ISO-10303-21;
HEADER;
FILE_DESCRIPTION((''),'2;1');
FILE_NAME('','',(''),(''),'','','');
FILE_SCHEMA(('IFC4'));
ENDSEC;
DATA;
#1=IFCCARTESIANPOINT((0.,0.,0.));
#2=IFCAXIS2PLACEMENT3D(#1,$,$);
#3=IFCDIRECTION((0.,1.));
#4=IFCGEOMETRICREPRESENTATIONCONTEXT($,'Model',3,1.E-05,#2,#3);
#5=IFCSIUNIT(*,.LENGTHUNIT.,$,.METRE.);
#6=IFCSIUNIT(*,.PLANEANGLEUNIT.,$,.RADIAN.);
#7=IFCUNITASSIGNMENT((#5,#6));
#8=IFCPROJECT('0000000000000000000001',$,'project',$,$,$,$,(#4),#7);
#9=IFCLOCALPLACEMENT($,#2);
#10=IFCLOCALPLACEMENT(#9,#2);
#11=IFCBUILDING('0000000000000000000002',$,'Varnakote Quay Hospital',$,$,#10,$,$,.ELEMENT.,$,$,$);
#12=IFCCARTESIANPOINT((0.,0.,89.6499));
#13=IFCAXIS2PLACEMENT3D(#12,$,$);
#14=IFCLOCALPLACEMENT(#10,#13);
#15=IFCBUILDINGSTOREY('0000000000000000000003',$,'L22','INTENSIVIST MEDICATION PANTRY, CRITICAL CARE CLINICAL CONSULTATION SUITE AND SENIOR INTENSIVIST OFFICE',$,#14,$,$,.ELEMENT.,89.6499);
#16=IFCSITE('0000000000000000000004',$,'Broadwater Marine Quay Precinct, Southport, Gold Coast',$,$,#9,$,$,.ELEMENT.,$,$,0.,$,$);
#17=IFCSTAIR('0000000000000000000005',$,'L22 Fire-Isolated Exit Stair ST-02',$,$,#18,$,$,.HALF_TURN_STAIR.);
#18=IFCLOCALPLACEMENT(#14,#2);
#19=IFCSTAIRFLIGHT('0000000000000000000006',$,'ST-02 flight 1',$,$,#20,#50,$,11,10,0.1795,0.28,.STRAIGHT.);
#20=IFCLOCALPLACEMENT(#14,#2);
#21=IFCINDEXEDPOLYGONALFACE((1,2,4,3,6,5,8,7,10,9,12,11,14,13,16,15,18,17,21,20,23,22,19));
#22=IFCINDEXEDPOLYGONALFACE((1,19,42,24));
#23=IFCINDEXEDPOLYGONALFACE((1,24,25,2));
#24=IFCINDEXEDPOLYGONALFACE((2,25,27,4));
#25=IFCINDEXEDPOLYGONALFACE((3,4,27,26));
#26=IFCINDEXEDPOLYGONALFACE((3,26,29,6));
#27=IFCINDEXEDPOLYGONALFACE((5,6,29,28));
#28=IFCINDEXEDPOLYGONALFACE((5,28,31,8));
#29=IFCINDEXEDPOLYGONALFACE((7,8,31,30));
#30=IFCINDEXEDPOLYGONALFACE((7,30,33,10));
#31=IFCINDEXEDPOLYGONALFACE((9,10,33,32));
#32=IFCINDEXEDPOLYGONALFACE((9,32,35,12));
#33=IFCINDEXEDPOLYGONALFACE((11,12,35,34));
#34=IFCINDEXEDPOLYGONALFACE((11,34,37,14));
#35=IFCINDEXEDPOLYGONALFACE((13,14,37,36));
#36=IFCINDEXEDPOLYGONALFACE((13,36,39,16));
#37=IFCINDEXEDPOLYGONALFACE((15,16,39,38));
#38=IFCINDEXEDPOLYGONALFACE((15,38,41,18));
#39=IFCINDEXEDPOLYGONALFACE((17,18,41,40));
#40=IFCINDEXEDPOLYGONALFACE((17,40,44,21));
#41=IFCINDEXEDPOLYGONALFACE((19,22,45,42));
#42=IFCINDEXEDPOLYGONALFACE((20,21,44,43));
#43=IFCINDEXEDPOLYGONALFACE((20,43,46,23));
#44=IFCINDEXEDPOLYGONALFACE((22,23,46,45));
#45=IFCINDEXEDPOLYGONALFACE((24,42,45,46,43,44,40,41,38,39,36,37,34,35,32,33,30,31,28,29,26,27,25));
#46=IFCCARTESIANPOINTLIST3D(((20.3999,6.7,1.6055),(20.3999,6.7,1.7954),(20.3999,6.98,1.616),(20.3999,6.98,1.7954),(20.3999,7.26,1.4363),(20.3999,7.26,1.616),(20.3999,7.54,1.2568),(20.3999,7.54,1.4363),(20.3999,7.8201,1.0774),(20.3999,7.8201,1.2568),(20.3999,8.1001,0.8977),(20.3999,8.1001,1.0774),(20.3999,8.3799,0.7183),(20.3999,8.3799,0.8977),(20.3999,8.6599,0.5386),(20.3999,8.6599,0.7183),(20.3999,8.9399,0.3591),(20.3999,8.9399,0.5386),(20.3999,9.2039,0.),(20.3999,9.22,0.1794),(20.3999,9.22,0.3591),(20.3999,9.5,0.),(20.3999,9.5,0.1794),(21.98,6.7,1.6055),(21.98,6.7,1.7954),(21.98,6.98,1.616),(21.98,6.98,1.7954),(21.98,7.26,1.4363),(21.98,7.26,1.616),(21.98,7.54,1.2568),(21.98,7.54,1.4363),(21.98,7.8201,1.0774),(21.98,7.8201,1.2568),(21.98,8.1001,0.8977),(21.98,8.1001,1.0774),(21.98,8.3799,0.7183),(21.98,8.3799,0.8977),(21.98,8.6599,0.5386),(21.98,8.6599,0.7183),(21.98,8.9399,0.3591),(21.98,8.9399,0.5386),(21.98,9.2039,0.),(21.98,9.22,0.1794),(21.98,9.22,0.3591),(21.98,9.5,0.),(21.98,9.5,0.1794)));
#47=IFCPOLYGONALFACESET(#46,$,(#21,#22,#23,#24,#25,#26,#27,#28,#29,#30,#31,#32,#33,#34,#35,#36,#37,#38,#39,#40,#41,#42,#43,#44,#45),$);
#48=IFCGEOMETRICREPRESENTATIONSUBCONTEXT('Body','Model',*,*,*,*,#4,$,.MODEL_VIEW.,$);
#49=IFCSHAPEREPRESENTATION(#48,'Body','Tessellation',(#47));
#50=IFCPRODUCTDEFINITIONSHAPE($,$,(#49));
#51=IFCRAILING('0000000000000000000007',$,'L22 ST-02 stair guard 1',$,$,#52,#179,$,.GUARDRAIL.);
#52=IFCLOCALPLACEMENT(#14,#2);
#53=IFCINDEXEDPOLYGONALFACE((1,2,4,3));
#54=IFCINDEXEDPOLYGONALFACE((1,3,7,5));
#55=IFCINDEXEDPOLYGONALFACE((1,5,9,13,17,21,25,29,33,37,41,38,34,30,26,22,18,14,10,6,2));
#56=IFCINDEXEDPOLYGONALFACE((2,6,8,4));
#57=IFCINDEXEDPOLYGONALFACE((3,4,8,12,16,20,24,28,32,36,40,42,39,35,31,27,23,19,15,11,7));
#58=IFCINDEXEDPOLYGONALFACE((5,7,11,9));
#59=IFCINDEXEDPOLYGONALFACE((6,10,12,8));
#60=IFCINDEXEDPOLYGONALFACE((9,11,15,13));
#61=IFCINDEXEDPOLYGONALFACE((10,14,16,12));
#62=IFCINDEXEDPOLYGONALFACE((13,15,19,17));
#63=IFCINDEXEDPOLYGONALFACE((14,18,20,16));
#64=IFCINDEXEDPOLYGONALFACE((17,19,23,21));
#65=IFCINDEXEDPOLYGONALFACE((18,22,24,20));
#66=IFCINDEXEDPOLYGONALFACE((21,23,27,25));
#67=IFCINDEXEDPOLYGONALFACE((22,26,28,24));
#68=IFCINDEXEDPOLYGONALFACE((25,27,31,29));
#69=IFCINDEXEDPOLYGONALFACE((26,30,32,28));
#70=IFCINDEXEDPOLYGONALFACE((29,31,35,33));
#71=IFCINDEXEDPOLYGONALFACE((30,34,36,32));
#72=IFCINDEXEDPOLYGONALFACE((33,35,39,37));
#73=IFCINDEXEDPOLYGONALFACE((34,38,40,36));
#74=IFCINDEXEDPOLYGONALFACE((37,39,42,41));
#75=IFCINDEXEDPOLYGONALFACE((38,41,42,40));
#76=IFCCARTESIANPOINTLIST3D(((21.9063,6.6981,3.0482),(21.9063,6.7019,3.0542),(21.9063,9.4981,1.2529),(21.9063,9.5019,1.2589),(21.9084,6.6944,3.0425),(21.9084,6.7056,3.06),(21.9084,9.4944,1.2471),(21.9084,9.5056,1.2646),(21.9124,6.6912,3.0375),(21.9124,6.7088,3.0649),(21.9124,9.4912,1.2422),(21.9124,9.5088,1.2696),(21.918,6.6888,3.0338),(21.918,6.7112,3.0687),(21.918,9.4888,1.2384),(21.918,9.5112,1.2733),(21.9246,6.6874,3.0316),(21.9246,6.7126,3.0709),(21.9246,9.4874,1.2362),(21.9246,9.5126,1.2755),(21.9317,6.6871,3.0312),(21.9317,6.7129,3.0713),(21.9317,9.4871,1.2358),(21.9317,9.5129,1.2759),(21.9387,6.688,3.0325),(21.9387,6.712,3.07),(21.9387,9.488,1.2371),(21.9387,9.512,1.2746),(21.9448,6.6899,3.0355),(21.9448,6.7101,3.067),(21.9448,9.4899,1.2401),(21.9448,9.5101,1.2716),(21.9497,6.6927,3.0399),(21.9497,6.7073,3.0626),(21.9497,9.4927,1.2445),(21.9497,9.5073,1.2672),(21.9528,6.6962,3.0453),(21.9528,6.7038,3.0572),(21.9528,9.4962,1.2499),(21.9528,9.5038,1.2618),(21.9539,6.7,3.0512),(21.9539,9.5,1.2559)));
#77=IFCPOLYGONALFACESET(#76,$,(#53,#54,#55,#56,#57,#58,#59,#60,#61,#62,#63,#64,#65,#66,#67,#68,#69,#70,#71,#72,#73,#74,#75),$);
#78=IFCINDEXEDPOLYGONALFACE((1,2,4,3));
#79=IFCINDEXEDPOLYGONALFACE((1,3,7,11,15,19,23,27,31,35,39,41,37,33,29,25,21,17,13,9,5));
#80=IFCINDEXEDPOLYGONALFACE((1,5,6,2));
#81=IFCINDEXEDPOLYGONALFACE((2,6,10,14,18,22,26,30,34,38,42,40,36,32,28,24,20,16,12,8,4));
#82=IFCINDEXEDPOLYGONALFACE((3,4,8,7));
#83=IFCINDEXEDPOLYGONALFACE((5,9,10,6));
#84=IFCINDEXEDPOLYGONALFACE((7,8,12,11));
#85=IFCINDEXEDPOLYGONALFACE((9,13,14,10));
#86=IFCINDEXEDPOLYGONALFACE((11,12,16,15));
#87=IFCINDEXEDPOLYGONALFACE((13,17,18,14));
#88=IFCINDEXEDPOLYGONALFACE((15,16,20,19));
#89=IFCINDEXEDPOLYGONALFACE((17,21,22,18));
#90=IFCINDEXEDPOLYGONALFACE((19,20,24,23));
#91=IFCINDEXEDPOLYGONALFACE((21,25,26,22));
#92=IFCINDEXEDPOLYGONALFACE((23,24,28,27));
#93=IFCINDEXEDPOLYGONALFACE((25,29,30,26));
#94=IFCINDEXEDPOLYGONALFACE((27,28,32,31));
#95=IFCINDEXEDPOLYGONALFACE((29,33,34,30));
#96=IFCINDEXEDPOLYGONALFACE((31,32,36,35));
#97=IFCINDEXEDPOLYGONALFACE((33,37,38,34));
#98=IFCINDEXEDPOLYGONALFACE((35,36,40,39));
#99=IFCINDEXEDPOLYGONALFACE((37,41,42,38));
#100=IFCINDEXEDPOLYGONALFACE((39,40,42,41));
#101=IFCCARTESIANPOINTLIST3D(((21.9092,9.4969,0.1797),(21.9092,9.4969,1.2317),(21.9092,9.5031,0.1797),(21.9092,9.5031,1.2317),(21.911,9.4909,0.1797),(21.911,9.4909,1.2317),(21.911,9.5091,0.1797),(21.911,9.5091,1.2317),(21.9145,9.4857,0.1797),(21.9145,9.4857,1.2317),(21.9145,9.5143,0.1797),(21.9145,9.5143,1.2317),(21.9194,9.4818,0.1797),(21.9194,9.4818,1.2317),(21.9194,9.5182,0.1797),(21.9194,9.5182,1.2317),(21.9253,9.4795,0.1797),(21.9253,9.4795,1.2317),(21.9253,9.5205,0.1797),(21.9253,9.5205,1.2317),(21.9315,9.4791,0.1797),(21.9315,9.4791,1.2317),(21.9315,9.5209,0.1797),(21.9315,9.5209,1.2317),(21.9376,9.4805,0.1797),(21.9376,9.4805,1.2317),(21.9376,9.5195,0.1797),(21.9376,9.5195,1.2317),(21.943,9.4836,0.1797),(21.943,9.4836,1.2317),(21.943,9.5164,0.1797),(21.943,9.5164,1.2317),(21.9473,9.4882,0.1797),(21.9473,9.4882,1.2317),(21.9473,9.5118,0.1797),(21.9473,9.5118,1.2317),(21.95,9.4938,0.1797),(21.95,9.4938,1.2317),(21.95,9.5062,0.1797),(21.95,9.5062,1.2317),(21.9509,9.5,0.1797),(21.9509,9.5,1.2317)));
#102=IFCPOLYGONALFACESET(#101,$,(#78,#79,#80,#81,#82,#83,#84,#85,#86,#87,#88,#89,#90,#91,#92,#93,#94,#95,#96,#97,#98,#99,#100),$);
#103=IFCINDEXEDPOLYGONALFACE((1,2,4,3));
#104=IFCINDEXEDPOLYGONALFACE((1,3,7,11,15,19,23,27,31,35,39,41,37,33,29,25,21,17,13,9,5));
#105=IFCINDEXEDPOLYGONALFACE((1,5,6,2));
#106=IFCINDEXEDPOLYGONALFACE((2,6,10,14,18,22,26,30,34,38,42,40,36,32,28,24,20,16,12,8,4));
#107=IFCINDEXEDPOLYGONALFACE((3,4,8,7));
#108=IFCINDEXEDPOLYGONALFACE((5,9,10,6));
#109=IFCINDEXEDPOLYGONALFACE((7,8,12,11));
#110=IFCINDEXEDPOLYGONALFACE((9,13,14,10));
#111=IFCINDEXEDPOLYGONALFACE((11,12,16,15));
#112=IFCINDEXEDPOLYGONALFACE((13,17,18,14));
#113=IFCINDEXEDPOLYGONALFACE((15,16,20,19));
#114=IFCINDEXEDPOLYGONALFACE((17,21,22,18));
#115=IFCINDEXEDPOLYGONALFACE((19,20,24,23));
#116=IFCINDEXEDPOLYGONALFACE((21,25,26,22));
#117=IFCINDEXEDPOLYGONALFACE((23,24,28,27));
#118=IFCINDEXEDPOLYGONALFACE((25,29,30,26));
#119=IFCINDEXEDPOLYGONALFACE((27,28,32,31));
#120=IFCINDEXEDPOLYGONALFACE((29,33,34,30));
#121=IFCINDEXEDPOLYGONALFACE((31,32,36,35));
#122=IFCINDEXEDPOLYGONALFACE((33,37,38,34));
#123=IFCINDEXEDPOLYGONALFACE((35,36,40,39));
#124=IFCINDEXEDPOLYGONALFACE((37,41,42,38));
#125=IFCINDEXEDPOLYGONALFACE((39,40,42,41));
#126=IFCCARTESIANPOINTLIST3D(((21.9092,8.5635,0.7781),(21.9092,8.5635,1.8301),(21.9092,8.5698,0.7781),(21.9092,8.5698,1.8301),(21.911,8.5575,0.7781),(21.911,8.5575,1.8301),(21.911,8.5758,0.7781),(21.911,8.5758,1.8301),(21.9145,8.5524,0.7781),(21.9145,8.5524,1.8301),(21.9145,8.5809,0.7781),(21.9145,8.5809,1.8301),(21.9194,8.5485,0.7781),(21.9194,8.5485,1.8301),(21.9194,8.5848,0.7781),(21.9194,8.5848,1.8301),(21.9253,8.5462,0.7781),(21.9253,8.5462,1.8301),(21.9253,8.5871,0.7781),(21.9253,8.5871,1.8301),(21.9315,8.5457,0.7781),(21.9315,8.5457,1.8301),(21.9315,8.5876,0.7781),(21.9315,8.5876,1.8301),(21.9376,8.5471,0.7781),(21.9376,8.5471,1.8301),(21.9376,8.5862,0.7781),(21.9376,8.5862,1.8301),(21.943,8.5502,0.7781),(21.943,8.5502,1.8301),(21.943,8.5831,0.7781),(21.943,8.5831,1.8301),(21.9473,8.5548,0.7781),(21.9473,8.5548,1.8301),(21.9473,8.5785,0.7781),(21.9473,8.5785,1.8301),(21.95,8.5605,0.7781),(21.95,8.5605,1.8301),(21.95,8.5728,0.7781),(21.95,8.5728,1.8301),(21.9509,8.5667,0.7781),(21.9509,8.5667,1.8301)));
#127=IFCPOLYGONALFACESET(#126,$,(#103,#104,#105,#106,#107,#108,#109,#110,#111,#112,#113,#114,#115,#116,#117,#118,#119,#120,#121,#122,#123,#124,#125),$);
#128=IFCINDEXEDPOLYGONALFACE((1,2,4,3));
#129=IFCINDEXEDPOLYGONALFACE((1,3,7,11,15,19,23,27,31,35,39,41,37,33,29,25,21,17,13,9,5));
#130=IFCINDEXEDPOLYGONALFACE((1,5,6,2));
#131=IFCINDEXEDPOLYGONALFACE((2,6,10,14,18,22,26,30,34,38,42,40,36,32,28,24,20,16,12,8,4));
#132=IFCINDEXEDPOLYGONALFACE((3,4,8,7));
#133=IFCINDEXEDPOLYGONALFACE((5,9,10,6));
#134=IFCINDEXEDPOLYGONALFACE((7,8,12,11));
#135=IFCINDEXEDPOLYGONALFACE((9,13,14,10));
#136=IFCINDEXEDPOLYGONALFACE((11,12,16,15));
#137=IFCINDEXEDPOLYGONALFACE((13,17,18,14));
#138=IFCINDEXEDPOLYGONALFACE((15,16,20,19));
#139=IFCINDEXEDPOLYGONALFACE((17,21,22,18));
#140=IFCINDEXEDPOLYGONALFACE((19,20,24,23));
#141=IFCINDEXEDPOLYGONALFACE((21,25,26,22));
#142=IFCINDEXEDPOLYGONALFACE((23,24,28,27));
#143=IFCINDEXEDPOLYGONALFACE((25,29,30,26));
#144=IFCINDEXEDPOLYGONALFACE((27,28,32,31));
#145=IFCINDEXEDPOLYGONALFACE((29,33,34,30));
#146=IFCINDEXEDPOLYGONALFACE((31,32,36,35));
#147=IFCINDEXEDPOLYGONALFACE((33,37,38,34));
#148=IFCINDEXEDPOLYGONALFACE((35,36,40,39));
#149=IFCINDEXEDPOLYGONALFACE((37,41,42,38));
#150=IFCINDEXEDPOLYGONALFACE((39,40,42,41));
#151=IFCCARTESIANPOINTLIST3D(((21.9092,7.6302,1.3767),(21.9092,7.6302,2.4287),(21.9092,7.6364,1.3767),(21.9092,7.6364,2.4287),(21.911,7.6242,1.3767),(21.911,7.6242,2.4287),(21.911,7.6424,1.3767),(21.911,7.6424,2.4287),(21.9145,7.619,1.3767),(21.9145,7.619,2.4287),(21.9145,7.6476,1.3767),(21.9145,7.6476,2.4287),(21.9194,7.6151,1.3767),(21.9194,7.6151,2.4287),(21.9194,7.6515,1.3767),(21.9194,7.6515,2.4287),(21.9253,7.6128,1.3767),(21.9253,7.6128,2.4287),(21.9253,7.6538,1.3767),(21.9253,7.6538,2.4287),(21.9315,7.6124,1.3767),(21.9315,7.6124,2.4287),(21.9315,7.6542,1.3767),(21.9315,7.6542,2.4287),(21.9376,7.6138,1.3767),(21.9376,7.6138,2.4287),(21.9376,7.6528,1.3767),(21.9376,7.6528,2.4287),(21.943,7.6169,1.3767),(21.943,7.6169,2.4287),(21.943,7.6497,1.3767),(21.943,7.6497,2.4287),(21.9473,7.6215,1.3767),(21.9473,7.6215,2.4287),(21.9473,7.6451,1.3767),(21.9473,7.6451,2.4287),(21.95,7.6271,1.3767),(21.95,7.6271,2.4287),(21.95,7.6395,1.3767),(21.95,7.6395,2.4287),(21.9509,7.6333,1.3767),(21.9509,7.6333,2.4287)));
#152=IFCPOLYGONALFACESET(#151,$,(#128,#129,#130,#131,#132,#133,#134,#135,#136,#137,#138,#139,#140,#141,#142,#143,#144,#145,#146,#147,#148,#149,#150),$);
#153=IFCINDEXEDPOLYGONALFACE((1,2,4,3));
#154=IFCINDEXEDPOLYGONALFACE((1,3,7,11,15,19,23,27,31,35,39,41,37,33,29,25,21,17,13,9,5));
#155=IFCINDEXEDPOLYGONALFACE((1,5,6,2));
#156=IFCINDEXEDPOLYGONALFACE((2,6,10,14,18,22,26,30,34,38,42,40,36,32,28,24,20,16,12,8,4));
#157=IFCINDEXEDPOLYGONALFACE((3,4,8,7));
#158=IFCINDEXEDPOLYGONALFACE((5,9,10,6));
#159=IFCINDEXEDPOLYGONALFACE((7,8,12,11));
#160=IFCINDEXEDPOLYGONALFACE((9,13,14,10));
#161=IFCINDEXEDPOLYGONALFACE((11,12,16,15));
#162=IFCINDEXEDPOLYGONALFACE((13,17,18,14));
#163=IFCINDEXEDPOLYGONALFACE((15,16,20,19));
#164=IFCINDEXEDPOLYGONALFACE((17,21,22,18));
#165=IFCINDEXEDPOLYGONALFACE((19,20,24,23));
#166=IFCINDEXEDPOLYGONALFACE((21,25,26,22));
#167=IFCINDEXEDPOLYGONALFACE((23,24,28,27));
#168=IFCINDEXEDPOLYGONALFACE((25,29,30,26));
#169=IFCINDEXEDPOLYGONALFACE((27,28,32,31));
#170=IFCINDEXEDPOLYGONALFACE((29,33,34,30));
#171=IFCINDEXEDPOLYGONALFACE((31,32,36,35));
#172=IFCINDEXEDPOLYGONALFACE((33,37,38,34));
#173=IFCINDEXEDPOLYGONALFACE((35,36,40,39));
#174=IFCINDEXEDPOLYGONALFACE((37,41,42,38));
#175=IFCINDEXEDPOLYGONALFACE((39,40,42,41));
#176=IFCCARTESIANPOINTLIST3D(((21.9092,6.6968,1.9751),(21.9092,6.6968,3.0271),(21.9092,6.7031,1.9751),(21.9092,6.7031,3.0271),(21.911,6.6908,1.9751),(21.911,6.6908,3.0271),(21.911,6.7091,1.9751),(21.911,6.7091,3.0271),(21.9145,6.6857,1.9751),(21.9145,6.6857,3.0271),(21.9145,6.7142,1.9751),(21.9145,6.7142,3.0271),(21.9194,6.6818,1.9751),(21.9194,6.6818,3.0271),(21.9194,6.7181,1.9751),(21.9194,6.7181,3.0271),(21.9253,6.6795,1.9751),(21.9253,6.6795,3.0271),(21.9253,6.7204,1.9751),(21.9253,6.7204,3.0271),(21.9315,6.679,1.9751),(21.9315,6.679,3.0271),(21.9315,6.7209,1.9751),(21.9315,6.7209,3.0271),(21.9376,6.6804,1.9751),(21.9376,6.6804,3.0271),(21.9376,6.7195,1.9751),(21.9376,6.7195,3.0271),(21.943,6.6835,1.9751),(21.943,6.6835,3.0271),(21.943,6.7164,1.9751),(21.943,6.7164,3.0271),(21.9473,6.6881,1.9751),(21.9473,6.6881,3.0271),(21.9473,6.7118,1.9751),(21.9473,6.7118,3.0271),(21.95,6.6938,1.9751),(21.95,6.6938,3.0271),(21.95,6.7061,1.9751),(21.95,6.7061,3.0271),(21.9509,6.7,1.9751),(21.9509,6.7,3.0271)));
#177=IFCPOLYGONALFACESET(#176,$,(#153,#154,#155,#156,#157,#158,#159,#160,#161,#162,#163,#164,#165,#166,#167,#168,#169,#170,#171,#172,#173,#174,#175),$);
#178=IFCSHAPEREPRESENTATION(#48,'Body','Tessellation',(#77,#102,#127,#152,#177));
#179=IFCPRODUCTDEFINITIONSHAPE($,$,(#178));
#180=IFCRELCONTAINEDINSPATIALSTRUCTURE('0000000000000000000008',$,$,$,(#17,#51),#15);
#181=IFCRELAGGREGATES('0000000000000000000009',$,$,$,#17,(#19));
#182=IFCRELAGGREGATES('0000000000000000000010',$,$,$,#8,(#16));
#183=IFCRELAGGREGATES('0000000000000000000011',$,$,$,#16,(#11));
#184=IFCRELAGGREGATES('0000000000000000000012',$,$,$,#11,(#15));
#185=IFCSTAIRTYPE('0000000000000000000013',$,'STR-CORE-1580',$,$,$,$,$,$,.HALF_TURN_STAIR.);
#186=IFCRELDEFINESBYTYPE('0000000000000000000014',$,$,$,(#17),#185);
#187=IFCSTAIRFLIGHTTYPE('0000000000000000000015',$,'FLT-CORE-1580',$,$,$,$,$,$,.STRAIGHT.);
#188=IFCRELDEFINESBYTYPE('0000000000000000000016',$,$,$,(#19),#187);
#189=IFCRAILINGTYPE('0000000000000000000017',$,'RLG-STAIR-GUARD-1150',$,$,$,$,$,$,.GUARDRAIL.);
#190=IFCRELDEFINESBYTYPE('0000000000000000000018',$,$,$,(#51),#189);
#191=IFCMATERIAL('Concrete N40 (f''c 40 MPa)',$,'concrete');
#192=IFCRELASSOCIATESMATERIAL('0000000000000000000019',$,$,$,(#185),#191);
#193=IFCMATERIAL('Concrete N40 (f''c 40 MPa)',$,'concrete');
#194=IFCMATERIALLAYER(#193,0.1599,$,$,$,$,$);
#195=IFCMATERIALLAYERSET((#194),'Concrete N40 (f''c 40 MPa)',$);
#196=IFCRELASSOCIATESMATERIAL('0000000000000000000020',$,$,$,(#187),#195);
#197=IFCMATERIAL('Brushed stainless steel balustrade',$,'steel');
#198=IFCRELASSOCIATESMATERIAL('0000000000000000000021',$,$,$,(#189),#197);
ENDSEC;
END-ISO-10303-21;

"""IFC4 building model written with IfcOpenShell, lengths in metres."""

from ifc_helpers import new_model, si_unit, direction, frame, origin, origin_2d, place, context, subcontext, project, spatial, polyline, circle, outline, extrude, material, layer, layer_set, type_object, element, aggregate, save


model = new_model("IFC4")

# Units and contexts
model_context = context("Model", 3, precision=1e-05, world=origin(), true_north=direction((0.0, 1.0)))
body_context = subcontext(model_context, "Body", "Model", "MODEL_VIEW")
ifc_project = project(units=[si_unit("LENGTHUNIT", "METRE"), si_unit("PLANEANGLEUNIT", "RADIAN")], contexts=[model_context])

# Site, building, storey
site_placement = place(None, origin())
site = spatial("IfcSite", under=ifc_project, at=site_placement, Name="Broadwater Marine Quay Precinct, Southport, Gold Coast", CompositionType="ELEMENT", RefElevation=0.0)
building_placement = place(site_placement, origin())
building = spatial("IfcBuilding", under=site, at=building_placement, Name="Varnakote Quay Hospital", CompositionType="ELEMENT")
storey_placement = place(building_placement, frame((0.0, 0.0, 89.6499)))
storey = spatial("IfcBuildingStorey", under=building, at=storey_placement, Name="L22", Description="INTENSIVIST MEDICATION PANTRY, CRITICAL CARE CLINICAL CONSULTATION SUITE AND SENIOR INTENSIVIST OFFICE", CompositionType="ELEMENT", Elevation=89.6499)

# Stair, stair flight
ifc_material_1 = material(Name="Concrete N40 (f'c 40 MPa)", Category="concrete")
stair_type = type_object("IfcStairType", Name="STR-CORE-1580", PredefinedType="HALF_TURN_STAIR", material=ifc_material_1)
stair_placement = place(storey_placement, origin())
stair = element("IfcStair", 1, at=stair_placement, inside=storey, type_object=stair_type, Name="L22 Fire-Isolated Exit Stair ST-02", PredefinedType="HALF_TURN_STAIR")
ifc_material_2 = material(Name="Concrete N40 (f'c 40 MPa)", Category="concrete")
ifc_layer_1 = layer(ifc_material_2, 0.1599)
ifc_layer_set_1 = layer_set([ifc_layer_1], Name="Concrete N40 (f'c 40 MPa)")
stair_flight_type = type_object("IfcStairFlightType", Name="FLT-CORE-1580", PredefinedType="STRAIGHT", material=ifc_layer_set_1)
stair_flight_placement = place(storey_placement, frame((21.1899, 9.5, 0.0), z_axis=(0.0, 0.0, 1.0), x_axis=(0.0, -1.0, 0.0)))
stair_flight = element("IfcStairFlight", 2, at=stair_flight_placement, type_object=stair_flight_type, Name="ST-02 flight 1", NumberOfRisers=11, NumberOfTreads=10, PredefinedType="STRAIGHT", RiserHeight=0.1795, TreadLength=0.28, context=body_context, shape_type="SweptSolid", body=[
    extrude(outline(polyline([(0.0, 0.0), (0.0, 0.1794), (0.28, 0.1794), (0.28, 0.3591), (0.5601, 0.3591), (0.5601, 0.5386), (0.8401, 0.5386), (0.8401, 0.7183), (1.1201, 0.7183), (1.1201, 0.8977), (1.3999, 0.8977), (1.3999, 1.0774), (1.6799, 1.0774), (1.6799, 1.2568), (1.96, 1.2568), (1.96, 1.4363), (2.24, 1.4363), (2.24, 1.616), (2.52, 1.616), (2.52, 1.7954), (2.8, 1.7954), (2.8, 1.9751), (2.8, 1.6055), (0.2961, 0.0), (0.0, 0.0)])), frame((0.0, 0.79, 0.0), z_axis=(0.0, -1.0, 0.0), x_axis=(1.0, 0.0, 0.0)), (0.0, 0.0, 1.0), 1.5801),
])
aggregate(stair, [stair_flight])

# Railing
ifc_material_3 = material(Name="Brushed stainless steel balustrade", Category="steel")
railing_type_1 = type_object("IfcRailingType", Name="RLG-STAIR-GUARD-1150", PredefinedType="GUARDRAIL", material=ifc_material_3)
railing_1_placement = place(storey_placement, frame((21.9299, 9.5, 0.1797)))
element("IfcRailing", 3, at=railing_1_placement, inside=storey, type_object=railing_type_1, Name="L22 ST-02 stair guard 1", PredefinedType="GUARDRAIL", context=body_context, shape_type="SweptSolid", body=[
    extrude(circle(Radius=0.0239, at=origin_2d()), frame((0.0, 0.0, 1.0762), z_axis=(0.0, -0.84181, 0.539774), x_axis=(1.0, 0.0, 0.0)), (0.0, 0.0, 1.0), 3.3262),
    extrude(circle(Radius=0.021, at=origin_2d()), origin(), (0.0, 0.0, 1.0), 1.052),
    extrude(circle(Radius=0.021, at=origin_2d()), frame((0.0, -0.9333, 0.5984)), (0.0, 0.0, 1.0), 1.052),
    extrude(circle(Radius=0.021, at=origin_2d()), frame((0.0, -1.8667, 1.197)), (0.0, 0.0, 1.0), 1.052),
    extrude(circle(Radius=0.021, at=origin_2d()), frame((0.0, -2.8, 1.7954)), (0.0, 0.0, 1.0), 1.052),
])

save(model, "model.ifc")
